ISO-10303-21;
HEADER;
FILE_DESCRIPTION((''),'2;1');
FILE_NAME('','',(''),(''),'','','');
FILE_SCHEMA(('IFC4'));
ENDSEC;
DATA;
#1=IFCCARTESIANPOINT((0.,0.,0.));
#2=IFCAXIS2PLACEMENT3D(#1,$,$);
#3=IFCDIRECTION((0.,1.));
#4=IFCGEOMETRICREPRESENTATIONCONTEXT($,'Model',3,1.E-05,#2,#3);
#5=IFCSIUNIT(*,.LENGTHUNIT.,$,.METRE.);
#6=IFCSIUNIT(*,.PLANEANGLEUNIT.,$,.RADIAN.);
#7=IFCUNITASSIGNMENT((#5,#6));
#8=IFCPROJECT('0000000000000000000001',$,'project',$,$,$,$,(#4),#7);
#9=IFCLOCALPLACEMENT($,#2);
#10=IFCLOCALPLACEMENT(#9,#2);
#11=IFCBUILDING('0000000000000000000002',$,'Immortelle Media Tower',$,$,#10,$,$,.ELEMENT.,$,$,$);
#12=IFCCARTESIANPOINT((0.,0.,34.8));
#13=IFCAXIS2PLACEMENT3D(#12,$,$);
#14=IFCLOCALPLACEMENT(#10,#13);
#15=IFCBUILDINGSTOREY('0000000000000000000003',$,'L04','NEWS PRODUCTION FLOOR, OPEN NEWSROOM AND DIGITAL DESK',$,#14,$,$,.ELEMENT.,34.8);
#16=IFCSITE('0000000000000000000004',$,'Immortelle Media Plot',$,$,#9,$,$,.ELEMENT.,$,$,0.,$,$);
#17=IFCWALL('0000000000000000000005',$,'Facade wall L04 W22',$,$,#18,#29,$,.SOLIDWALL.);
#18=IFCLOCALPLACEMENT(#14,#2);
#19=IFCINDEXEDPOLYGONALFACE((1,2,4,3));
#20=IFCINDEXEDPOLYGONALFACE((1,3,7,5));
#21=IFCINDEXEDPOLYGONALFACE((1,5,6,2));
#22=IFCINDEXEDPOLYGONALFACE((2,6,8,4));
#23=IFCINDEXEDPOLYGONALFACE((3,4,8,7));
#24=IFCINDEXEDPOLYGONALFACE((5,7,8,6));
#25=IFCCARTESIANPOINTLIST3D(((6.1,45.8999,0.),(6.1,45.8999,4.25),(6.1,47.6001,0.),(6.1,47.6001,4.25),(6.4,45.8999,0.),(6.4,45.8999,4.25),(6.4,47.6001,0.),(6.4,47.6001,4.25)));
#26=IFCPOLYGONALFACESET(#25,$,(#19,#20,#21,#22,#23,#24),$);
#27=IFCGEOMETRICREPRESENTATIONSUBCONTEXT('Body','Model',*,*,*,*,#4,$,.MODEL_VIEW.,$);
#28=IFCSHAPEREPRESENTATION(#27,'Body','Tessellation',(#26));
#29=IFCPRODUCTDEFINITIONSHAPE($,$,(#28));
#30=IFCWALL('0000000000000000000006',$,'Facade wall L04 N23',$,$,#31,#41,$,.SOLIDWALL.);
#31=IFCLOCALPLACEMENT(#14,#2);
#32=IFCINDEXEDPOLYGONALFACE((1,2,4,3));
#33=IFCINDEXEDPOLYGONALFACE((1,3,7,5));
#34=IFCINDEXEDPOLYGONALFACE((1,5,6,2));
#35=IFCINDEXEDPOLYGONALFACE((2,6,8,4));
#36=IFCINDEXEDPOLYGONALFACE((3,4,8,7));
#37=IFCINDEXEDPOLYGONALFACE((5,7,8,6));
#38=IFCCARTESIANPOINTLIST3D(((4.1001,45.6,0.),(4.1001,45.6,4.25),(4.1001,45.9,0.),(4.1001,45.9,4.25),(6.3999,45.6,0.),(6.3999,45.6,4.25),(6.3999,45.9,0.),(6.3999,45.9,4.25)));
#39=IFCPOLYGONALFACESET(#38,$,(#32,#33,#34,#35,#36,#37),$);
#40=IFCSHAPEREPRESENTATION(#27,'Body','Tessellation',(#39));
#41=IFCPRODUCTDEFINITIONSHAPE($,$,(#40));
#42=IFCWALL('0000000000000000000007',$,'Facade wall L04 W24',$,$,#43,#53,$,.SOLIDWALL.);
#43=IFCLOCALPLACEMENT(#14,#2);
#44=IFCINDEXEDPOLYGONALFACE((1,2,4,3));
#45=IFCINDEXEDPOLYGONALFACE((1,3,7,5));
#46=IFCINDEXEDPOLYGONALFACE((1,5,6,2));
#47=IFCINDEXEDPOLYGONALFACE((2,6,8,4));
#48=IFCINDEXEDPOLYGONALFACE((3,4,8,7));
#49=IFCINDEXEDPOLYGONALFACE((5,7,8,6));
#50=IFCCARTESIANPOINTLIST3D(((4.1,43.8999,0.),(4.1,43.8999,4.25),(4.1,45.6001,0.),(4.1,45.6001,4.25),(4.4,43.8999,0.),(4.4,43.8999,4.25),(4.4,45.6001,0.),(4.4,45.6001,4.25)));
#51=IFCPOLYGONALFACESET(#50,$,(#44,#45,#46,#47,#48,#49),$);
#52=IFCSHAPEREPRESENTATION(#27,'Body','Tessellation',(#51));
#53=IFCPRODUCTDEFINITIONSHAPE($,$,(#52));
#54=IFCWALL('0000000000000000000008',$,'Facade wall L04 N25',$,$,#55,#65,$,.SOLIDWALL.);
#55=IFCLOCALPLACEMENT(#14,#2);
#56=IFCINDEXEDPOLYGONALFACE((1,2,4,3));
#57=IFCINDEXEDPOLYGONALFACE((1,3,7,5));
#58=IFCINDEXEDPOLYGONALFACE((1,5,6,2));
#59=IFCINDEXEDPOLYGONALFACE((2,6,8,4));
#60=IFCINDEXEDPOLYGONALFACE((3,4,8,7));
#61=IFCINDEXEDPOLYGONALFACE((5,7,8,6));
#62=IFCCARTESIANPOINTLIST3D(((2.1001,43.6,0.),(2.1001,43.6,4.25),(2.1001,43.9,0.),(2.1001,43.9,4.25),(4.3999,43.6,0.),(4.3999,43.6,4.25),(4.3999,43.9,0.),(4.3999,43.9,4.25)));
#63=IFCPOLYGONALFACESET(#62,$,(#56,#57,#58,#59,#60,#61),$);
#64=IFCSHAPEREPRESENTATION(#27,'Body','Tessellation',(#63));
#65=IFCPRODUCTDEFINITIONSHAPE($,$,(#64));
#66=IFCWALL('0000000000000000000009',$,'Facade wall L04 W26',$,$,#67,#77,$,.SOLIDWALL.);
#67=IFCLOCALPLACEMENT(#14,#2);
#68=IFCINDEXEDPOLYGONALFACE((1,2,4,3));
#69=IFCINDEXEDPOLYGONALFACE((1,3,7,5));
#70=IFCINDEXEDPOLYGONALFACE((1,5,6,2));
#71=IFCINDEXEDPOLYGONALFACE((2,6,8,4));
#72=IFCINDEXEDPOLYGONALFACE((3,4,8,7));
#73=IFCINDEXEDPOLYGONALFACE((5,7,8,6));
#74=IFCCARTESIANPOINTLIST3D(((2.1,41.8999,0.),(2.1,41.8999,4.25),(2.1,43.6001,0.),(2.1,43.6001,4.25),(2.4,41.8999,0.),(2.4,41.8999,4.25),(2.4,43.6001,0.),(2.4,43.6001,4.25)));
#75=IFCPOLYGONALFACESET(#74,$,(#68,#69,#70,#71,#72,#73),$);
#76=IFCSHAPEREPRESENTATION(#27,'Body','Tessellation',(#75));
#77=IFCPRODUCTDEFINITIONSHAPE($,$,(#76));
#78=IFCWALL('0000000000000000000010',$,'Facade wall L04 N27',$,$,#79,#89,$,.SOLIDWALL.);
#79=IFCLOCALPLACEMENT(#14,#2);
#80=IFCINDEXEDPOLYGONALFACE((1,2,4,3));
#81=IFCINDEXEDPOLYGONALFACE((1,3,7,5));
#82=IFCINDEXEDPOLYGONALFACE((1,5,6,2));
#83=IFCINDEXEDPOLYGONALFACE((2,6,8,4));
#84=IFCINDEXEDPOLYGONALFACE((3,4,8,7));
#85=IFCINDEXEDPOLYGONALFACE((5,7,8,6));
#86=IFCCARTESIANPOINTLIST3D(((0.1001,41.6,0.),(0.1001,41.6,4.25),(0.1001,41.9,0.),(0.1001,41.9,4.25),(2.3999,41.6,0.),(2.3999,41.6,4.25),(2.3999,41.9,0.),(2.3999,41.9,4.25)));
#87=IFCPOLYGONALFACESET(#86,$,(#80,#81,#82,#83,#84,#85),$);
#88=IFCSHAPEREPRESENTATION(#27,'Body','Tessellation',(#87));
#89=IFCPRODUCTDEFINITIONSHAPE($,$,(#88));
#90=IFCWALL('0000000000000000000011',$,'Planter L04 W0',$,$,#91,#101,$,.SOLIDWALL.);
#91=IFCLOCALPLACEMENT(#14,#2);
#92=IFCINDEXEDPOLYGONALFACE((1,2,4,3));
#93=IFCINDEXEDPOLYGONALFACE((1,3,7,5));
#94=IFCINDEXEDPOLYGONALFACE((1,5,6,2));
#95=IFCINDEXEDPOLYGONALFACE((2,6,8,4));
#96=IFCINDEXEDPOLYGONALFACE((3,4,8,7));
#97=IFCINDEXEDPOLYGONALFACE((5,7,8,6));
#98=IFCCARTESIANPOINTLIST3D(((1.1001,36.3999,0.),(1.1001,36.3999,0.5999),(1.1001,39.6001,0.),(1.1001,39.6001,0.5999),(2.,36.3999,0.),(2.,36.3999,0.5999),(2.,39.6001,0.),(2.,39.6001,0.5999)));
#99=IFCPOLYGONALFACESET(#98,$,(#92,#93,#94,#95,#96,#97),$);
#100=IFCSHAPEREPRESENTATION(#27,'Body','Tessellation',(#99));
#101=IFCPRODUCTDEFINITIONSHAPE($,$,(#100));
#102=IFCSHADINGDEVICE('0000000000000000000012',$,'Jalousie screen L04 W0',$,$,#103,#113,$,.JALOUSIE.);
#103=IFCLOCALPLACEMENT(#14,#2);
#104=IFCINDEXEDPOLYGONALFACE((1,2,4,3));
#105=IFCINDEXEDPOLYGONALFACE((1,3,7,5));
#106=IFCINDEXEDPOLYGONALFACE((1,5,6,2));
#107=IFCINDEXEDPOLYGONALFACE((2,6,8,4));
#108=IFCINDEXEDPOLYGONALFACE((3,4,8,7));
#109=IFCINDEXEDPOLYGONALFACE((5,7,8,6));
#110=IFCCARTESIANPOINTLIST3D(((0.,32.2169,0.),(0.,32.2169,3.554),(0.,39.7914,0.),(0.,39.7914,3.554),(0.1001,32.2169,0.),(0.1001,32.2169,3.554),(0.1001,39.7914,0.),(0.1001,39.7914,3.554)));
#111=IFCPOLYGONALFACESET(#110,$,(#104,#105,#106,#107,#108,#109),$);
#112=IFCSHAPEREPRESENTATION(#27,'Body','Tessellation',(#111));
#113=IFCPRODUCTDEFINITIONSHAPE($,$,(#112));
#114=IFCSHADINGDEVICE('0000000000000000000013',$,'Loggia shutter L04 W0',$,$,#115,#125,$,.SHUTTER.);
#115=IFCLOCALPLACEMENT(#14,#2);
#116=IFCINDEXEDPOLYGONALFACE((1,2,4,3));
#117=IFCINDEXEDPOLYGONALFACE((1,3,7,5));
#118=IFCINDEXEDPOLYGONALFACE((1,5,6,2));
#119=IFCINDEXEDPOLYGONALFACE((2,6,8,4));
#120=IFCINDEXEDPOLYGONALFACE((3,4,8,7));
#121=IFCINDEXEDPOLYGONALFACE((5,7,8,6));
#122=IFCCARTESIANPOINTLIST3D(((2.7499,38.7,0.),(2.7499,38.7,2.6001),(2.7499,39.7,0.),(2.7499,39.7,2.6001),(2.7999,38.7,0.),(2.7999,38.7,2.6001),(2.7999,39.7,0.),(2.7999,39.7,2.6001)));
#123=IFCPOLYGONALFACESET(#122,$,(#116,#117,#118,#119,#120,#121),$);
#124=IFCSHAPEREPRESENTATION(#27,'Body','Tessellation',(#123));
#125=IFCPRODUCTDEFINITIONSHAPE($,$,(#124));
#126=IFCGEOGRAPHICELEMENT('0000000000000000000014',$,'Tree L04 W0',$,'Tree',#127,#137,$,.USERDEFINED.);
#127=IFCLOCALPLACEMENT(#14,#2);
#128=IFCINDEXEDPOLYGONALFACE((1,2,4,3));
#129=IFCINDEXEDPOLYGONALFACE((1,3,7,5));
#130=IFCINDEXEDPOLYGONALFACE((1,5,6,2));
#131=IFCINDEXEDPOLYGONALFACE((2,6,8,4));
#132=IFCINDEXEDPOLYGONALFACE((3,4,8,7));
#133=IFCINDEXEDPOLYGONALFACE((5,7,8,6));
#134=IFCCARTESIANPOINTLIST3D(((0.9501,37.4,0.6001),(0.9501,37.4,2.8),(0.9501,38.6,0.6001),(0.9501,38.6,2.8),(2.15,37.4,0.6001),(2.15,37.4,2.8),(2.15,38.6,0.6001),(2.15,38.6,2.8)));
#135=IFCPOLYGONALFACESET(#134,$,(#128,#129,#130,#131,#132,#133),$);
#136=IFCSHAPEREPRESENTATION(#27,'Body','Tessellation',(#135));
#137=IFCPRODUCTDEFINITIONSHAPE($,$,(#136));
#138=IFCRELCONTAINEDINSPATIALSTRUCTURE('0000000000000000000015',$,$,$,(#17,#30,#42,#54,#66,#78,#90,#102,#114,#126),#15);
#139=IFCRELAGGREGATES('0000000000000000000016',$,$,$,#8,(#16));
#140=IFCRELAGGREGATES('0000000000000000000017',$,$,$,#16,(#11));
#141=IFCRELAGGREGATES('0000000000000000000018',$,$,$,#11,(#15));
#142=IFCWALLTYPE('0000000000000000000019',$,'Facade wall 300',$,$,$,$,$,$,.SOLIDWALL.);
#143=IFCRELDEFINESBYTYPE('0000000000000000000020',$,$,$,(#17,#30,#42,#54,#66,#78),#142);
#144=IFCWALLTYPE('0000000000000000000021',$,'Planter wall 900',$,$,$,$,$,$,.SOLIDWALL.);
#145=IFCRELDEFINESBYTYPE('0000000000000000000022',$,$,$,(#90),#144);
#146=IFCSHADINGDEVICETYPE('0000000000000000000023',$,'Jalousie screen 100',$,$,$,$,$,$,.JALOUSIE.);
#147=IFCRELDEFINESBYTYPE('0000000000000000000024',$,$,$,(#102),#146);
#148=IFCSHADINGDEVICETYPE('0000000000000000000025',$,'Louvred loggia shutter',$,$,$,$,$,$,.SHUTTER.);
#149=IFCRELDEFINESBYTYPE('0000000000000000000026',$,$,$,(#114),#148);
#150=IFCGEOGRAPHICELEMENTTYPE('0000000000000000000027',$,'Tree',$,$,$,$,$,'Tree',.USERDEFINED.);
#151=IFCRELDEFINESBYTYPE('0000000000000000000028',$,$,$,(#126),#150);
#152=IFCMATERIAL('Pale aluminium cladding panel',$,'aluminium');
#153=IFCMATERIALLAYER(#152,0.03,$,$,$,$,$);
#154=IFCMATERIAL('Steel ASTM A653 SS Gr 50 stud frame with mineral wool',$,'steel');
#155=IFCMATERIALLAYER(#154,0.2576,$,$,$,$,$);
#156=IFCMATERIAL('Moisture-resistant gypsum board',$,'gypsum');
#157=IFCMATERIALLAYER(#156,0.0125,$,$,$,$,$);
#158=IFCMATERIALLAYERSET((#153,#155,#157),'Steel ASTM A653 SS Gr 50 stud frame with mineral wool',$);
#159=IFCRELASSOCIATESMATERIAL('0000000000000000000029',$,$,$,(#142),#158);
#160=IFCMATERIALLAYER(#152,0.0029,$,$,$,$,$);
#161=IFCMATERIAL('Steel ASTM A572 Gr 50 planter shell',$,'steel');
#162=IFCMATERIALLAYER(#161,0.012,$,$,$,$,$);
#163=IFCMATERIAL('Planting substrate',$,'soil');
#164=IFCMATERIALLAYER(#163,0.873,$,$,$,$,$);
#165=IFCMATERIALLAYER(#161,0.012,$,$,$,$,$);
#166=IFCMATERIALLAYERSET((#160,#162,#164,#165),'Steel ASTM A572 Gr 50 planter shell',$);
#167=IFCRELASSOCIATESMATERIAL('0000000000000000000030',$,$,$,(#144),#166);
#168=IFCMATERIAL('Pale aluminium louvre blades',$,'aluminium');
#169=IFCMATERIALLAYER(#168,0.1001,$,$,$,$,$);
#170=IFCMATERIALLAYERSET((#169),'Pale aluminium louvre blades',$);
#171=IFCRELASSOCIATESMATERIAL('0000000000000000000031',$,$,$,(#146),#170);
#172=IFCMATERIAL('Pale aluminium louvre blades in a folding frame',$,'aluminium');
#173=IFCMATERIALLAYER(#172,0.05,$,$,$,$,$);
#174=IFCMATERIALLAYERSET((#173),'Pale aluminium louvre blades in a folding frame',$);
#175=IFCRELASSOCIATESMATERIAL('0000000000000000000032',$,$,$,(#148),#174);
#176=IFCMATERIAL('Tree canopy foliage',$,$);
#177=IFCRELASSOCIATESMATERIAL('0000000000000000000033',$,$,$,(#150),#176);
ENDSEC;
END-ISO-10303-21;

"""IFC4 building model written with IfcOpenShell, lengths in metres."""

from ifc_helpers import new_model, si_unit, direction, frame, frame_2d, origin, origin_2d, place, context, subcontext, project, spatial, rectangle, extrude, material, layer, layer_set, type_object, element, save


model = new_model("IFC4")

# Units and contexts
model_context = context("Model", 3, precision=1e-05, world=origin(), true_north=direction((0.0, 1.0)))
body_context = subcontext(model_context, "Body", "Model", "MODEL_VIEW")
ifc_project = project(units=[si_unit("LENGTHUNIT", "METRE"), si_unit("PLANEANGLEUNIT", "RADIAN")], contexts=[model_context])

# Site, building, storey
site_placement = place(None, origin())
site = spatial("IfcSite", under=ifc_project, at=site_placement, Name="Immortelle Media Plot", CompositionType="ELEMENT", RefElevation=0.0)
building_placement = place(site_placement, origin())
building = spatial("IfcBuilding", under=site, at=building_placement, Name="Immortelle Media Tower", CompositionType="ELEMENT")
storey_placement = place(building_placement, frame((0.0, 0.0, 34.8)))
storey = spatial("IfcBuildingStorey", under=building, at=storey_placement, Name="L04", Description="NEWS PRODUCTION FLOOR, OPEN NEWSROOM AND DIGITAL DESK", CompositionType="ELEMENT", Elevation=34.8)

# Shared definitions
ifc_material_1 = material(Name="Pale aluminium cladding panel", Category="aluminium")
ifc_layer_1 = layer(ifc_material_1, 0.03)
ifc_material_2 = material(Name="Steel ASTM A653 SS Gr 50 stud frame with mineral wool", Category="steel")
ifc_layer_2 = layer(ifc_material_2, 0.2576)
ifc_material_3 = material(Name="Moisture-resistant gypsum board", Category="gypsum")
ifc_layer_3 = layer(ifc_material_3, 0.0125)
ifc_layer_set_1 = layer_set([ifc_layer_1, ifc_layer_2, ifc_layer_3], Name="Steel ASTM A653 SS Gr 50 stud frame with mineral wool")
wall_type_1 = type_object("IfcWallType", Name="Facade wall 300", PredefinedType="SOLIDWALL", material=ifc_layer_set_1)

# Walls
wall_1_placement = place(storey_placement, frame((6.25, 47.6001, 0.0), z_axis=(0.0, 0.0, 1.0), x_axis=(0.0, -1.0, 0.0)))
element("IfcWall", 1, at=wall_1_placement, inside=storey, type_object=wall_type_1, Name="Facade wall L04 W22", PredefinedType="SOLIDWALL", context=body_context, shape_type="SweptSolid", body=[
    extrude(rectangle(XDim=1.7002, YDim=0.3, at=frame_2d((0.8501, 0.0))), origin(), (0.0, 0.0, 1.0), 4.25),
])
wall_2_placement = place(storey_placement, frame((6.3999, 45.75, 0.0), z_axis=(0.0, 0.0, 1.0), x_axis=(-1.0, 0.0, 0.0)))
element("IfcWall", 2, at=wall_2_placement, inside=storey, type_object=wall_type_1, Name="Facade wall L04 N23", PredefinedType="SOLIDWALL", context=body_context, shape_type="SweptSolid", body=[
    extrude(rectangle(XDim=2.2998, YDim=0.3, at=frame_2d((1.1499, 0.0))), origin(), (0.0, 0.0, 1.0), 4.25),
])
wall_3_placement = place(storey_placement, frame((4.25, 45.6001, 0.0), z_axis=(0.0, 0.0, 1.0), x_axis=(0.0, -1.0, 0.0)))
element("IfcWall", 3, at=wall_3_placement, inside=storey, type_object=wall_type_1, Name="Facade wall L04 W24", PredefinedType="SOLIDWALL", context=body_context, shape_type="SweptSolid", body=[
    extrude(rectangle(XDim=1.7002, YDim=0.3, at=frame_2d((0.8501, 0.0))), origin(), (0.0, 0.0, 1.0), 4.25),
])
wall_4_placement = place(storey_placement, frame((4.3999, 43.75, 0.0), z_axis=(0.0, 0.0, 1.0), x_axis=(-1.0, 0.0, 0.0)))
element("IfcWall", 4, at=wall_4_placement, inside=storey, type_object=wall_type_1, Name="Facade wall L04 N25", PredefinedType="SOLIDWALL", context=body_context, shape_type="SweptSolid", body=[
    extrude(rectangle(XDim=2.2998, YDim=0.3, at=frame_2d((1.1499, 0.0))), origin(), (0.0, 0.0, 1.0), 4.25),
])
wall_5_placement = place(storey_placement, frame((2.25, 43.6001, 0.0), z_axis=(0.0, 0.0, 1.0), x_axis=(0.0, -1.0, 0.0)))
element("IfcWall", 5, at=wall_5_placement, inside=storey, type_object=wall_type_1, Name="Facade wall L04 W26", PredefinedType="SOLIDWALL", context=body_context, shape_type="SweptSolid", body=[
    extrude(rectangle(XDim=1.7002, YDim=0.3, at=frame_2d((0.8501, 0.0))), origin(), (0.0, 0.0, 1.0), 4.25),
])
wall_6_placement = place(storey_placement, frame((2.3999, 41.75, 0.0), z_axis=(0.0, 0.0, 1.0), x_axis=(-1.0, 0.0, 0.0)))
element("IfcWall", 6, at=wall_6_placement, inside=storey, type_object=wall_type_1, Name="Facade wall L04 N27", PredefinedType="SOLIDWALL", context=body_context, shape_type="SweptSolid", body=[
    extrude(rectangle(XDim=2.2998, YDim=0.3, at=frame_2d((1.1499, 0.0))), origin(), (0.0, 0.0, 1.0), 4.25),
])
ifc_layer_4 = layer(ifc_material_1, 0.0029)
ifc_material_4 = material(Name="Steel ASTM A572 Gr 50 planter shell", Category="steel")
ifc_layer_5 = layer(ifc_material_4, 0.012)
ifc_material_5 = material(Name="Planting substrate", Category="soil")
ifc_layer_6 = layer(ifc_material_5, 0.873)
ifc_layer_7 = layer(ifc_material_4, 0.012)
ifc_layer_set_2 = layer_set([ifc_layer_4, ifc_layer_5, ifc_layer_6, ifc_layer_7], Name="Steel ASTM A572 Gr 50 planter shell")
wall_type_2 = type_object("IfcWallType", Name="Planter wall 900", PredefinedType="SOLIDWALL", material=ifc_layer_set_2)
wall_7_placement = place(storey_placement, frame((1.55, 39.6001, 0.0), z_axis=(0.0, 0.0, 1.0), x_axis=(0.0, -1.0, 0.0)))
element("IfcWall", 7, at=wall_7_placement, inside=storey, type_object=wall_type_2, Name="Planter L04 W0", PredefinedType="SOLIDWALL", context=body_context, shape_type="SweptSolid", body=[
    extrude(rectangle(XDim=3.2002, YDim=0.8999, at=frame_2d((1.6001, 0.0))), origin(), (0.0, 0.0, 1.0), 0.5999),
])

# Shading devices
ifc_material_6 = material(Name="Pale aluminium louvre blades", Category="aluminium")
ifc_layer_8 = layer(ifc_material_6, 0.1001)
ifc_layer_set_3 = layer_set([ifc_layer_8], Name="Pale aluminium louvre blades")
shading_device_type_1 = type_object("IfcShadingDeviceType", Name="Jalousie screen 100", PredefinedType="JALOUSIE", material=ifc_layer_set_3)
shading_device_1_placement = place(storey_placement, frame((0.05, 36.0042, 0.0), z_axis=(0.0, 0.0, 1.0), x_axis=(0.0, -1.0, 0.0)))
element("IfcShadingDevice", 8, at=shading_device_1_placement, inside=storey, type_object=shading_device_type_1, Name="Jalousie screen L04 W0", PredefinedType="JALOUSIE", context=body_context, shape_type="SweptSolid", body=[
    extrude(rectangle(XDim=7.5745, YDim=0.1001, at=origin_2d()), origin(), (0.0, 0.0, 1.0), 3.554),
])
ifc_material_7 = material(Name="Pale aluminium louvre blades in a folding frame", Category="aluminium")
ifc_layer_9 = layer(ifc_material_7, 0.05)
ifc_layer_set_4 = layer_set([ifc_layer_9], Name="Pale aluminium louvre blades in a folding frame")
shading_device_type_2 = type_object("IfcShadingDeviceType", Name="Louvred loggia shutter", PredefinedType="SHUTTER", material=ifc_layer_set_4)
shading_device_2_placement = place(storey_placement, frame((2.7749, 39.2, 0.0), z_axis=(0.0, 0.0, 1.0), x_axis=(0.0, -1.0, 0.0)))
element("IfcShadingDevice", 9, at=shading_device_2_placement, inside=storey, type_object=shading_device_type_2, Name="Loggia shutter L04 W0", PredefinedType="SHUTTER", context=body_context, shape_type="SweptSolid", body=[
    extrude(rectangle(XDim=1.0, YDim=0.05, at=origin_2d()), origin(), (0.0, 0.0, 1.0), 2.6001),
])

# Geographic element
ifc_material_8 = material(Name="Tree canopy foliage")
geographic_element_type = type_object("IfcGeographicElementType", Name="Tree", ElementType="Tree", PredefinedType="USERDEFINED", material=ifc_material_8)
geographic_element_placement = place(storey_placement, frame((1.55, 38.0, 0.6001), z_axis=(0.0, 0.0, 1.0), x_axis=(1.0, 0.0, 0.0)))
element("IfcGeographicElement", 10, at=geographic_element_placement, inside=storey, type_object=geographic_element_type, Name="Tree L04 W0", ObjectType="Tree", PredefinedType="USERDEFINED", context=body_context, shape_type="SweptSolid", body=[
    extrude(rectangle(XDim=1.2, YDim=1.2, at=origin_2d()), origin(), (0.0, 0.0, 1.0), 2.2),
])

save(model, "model.ifc")
